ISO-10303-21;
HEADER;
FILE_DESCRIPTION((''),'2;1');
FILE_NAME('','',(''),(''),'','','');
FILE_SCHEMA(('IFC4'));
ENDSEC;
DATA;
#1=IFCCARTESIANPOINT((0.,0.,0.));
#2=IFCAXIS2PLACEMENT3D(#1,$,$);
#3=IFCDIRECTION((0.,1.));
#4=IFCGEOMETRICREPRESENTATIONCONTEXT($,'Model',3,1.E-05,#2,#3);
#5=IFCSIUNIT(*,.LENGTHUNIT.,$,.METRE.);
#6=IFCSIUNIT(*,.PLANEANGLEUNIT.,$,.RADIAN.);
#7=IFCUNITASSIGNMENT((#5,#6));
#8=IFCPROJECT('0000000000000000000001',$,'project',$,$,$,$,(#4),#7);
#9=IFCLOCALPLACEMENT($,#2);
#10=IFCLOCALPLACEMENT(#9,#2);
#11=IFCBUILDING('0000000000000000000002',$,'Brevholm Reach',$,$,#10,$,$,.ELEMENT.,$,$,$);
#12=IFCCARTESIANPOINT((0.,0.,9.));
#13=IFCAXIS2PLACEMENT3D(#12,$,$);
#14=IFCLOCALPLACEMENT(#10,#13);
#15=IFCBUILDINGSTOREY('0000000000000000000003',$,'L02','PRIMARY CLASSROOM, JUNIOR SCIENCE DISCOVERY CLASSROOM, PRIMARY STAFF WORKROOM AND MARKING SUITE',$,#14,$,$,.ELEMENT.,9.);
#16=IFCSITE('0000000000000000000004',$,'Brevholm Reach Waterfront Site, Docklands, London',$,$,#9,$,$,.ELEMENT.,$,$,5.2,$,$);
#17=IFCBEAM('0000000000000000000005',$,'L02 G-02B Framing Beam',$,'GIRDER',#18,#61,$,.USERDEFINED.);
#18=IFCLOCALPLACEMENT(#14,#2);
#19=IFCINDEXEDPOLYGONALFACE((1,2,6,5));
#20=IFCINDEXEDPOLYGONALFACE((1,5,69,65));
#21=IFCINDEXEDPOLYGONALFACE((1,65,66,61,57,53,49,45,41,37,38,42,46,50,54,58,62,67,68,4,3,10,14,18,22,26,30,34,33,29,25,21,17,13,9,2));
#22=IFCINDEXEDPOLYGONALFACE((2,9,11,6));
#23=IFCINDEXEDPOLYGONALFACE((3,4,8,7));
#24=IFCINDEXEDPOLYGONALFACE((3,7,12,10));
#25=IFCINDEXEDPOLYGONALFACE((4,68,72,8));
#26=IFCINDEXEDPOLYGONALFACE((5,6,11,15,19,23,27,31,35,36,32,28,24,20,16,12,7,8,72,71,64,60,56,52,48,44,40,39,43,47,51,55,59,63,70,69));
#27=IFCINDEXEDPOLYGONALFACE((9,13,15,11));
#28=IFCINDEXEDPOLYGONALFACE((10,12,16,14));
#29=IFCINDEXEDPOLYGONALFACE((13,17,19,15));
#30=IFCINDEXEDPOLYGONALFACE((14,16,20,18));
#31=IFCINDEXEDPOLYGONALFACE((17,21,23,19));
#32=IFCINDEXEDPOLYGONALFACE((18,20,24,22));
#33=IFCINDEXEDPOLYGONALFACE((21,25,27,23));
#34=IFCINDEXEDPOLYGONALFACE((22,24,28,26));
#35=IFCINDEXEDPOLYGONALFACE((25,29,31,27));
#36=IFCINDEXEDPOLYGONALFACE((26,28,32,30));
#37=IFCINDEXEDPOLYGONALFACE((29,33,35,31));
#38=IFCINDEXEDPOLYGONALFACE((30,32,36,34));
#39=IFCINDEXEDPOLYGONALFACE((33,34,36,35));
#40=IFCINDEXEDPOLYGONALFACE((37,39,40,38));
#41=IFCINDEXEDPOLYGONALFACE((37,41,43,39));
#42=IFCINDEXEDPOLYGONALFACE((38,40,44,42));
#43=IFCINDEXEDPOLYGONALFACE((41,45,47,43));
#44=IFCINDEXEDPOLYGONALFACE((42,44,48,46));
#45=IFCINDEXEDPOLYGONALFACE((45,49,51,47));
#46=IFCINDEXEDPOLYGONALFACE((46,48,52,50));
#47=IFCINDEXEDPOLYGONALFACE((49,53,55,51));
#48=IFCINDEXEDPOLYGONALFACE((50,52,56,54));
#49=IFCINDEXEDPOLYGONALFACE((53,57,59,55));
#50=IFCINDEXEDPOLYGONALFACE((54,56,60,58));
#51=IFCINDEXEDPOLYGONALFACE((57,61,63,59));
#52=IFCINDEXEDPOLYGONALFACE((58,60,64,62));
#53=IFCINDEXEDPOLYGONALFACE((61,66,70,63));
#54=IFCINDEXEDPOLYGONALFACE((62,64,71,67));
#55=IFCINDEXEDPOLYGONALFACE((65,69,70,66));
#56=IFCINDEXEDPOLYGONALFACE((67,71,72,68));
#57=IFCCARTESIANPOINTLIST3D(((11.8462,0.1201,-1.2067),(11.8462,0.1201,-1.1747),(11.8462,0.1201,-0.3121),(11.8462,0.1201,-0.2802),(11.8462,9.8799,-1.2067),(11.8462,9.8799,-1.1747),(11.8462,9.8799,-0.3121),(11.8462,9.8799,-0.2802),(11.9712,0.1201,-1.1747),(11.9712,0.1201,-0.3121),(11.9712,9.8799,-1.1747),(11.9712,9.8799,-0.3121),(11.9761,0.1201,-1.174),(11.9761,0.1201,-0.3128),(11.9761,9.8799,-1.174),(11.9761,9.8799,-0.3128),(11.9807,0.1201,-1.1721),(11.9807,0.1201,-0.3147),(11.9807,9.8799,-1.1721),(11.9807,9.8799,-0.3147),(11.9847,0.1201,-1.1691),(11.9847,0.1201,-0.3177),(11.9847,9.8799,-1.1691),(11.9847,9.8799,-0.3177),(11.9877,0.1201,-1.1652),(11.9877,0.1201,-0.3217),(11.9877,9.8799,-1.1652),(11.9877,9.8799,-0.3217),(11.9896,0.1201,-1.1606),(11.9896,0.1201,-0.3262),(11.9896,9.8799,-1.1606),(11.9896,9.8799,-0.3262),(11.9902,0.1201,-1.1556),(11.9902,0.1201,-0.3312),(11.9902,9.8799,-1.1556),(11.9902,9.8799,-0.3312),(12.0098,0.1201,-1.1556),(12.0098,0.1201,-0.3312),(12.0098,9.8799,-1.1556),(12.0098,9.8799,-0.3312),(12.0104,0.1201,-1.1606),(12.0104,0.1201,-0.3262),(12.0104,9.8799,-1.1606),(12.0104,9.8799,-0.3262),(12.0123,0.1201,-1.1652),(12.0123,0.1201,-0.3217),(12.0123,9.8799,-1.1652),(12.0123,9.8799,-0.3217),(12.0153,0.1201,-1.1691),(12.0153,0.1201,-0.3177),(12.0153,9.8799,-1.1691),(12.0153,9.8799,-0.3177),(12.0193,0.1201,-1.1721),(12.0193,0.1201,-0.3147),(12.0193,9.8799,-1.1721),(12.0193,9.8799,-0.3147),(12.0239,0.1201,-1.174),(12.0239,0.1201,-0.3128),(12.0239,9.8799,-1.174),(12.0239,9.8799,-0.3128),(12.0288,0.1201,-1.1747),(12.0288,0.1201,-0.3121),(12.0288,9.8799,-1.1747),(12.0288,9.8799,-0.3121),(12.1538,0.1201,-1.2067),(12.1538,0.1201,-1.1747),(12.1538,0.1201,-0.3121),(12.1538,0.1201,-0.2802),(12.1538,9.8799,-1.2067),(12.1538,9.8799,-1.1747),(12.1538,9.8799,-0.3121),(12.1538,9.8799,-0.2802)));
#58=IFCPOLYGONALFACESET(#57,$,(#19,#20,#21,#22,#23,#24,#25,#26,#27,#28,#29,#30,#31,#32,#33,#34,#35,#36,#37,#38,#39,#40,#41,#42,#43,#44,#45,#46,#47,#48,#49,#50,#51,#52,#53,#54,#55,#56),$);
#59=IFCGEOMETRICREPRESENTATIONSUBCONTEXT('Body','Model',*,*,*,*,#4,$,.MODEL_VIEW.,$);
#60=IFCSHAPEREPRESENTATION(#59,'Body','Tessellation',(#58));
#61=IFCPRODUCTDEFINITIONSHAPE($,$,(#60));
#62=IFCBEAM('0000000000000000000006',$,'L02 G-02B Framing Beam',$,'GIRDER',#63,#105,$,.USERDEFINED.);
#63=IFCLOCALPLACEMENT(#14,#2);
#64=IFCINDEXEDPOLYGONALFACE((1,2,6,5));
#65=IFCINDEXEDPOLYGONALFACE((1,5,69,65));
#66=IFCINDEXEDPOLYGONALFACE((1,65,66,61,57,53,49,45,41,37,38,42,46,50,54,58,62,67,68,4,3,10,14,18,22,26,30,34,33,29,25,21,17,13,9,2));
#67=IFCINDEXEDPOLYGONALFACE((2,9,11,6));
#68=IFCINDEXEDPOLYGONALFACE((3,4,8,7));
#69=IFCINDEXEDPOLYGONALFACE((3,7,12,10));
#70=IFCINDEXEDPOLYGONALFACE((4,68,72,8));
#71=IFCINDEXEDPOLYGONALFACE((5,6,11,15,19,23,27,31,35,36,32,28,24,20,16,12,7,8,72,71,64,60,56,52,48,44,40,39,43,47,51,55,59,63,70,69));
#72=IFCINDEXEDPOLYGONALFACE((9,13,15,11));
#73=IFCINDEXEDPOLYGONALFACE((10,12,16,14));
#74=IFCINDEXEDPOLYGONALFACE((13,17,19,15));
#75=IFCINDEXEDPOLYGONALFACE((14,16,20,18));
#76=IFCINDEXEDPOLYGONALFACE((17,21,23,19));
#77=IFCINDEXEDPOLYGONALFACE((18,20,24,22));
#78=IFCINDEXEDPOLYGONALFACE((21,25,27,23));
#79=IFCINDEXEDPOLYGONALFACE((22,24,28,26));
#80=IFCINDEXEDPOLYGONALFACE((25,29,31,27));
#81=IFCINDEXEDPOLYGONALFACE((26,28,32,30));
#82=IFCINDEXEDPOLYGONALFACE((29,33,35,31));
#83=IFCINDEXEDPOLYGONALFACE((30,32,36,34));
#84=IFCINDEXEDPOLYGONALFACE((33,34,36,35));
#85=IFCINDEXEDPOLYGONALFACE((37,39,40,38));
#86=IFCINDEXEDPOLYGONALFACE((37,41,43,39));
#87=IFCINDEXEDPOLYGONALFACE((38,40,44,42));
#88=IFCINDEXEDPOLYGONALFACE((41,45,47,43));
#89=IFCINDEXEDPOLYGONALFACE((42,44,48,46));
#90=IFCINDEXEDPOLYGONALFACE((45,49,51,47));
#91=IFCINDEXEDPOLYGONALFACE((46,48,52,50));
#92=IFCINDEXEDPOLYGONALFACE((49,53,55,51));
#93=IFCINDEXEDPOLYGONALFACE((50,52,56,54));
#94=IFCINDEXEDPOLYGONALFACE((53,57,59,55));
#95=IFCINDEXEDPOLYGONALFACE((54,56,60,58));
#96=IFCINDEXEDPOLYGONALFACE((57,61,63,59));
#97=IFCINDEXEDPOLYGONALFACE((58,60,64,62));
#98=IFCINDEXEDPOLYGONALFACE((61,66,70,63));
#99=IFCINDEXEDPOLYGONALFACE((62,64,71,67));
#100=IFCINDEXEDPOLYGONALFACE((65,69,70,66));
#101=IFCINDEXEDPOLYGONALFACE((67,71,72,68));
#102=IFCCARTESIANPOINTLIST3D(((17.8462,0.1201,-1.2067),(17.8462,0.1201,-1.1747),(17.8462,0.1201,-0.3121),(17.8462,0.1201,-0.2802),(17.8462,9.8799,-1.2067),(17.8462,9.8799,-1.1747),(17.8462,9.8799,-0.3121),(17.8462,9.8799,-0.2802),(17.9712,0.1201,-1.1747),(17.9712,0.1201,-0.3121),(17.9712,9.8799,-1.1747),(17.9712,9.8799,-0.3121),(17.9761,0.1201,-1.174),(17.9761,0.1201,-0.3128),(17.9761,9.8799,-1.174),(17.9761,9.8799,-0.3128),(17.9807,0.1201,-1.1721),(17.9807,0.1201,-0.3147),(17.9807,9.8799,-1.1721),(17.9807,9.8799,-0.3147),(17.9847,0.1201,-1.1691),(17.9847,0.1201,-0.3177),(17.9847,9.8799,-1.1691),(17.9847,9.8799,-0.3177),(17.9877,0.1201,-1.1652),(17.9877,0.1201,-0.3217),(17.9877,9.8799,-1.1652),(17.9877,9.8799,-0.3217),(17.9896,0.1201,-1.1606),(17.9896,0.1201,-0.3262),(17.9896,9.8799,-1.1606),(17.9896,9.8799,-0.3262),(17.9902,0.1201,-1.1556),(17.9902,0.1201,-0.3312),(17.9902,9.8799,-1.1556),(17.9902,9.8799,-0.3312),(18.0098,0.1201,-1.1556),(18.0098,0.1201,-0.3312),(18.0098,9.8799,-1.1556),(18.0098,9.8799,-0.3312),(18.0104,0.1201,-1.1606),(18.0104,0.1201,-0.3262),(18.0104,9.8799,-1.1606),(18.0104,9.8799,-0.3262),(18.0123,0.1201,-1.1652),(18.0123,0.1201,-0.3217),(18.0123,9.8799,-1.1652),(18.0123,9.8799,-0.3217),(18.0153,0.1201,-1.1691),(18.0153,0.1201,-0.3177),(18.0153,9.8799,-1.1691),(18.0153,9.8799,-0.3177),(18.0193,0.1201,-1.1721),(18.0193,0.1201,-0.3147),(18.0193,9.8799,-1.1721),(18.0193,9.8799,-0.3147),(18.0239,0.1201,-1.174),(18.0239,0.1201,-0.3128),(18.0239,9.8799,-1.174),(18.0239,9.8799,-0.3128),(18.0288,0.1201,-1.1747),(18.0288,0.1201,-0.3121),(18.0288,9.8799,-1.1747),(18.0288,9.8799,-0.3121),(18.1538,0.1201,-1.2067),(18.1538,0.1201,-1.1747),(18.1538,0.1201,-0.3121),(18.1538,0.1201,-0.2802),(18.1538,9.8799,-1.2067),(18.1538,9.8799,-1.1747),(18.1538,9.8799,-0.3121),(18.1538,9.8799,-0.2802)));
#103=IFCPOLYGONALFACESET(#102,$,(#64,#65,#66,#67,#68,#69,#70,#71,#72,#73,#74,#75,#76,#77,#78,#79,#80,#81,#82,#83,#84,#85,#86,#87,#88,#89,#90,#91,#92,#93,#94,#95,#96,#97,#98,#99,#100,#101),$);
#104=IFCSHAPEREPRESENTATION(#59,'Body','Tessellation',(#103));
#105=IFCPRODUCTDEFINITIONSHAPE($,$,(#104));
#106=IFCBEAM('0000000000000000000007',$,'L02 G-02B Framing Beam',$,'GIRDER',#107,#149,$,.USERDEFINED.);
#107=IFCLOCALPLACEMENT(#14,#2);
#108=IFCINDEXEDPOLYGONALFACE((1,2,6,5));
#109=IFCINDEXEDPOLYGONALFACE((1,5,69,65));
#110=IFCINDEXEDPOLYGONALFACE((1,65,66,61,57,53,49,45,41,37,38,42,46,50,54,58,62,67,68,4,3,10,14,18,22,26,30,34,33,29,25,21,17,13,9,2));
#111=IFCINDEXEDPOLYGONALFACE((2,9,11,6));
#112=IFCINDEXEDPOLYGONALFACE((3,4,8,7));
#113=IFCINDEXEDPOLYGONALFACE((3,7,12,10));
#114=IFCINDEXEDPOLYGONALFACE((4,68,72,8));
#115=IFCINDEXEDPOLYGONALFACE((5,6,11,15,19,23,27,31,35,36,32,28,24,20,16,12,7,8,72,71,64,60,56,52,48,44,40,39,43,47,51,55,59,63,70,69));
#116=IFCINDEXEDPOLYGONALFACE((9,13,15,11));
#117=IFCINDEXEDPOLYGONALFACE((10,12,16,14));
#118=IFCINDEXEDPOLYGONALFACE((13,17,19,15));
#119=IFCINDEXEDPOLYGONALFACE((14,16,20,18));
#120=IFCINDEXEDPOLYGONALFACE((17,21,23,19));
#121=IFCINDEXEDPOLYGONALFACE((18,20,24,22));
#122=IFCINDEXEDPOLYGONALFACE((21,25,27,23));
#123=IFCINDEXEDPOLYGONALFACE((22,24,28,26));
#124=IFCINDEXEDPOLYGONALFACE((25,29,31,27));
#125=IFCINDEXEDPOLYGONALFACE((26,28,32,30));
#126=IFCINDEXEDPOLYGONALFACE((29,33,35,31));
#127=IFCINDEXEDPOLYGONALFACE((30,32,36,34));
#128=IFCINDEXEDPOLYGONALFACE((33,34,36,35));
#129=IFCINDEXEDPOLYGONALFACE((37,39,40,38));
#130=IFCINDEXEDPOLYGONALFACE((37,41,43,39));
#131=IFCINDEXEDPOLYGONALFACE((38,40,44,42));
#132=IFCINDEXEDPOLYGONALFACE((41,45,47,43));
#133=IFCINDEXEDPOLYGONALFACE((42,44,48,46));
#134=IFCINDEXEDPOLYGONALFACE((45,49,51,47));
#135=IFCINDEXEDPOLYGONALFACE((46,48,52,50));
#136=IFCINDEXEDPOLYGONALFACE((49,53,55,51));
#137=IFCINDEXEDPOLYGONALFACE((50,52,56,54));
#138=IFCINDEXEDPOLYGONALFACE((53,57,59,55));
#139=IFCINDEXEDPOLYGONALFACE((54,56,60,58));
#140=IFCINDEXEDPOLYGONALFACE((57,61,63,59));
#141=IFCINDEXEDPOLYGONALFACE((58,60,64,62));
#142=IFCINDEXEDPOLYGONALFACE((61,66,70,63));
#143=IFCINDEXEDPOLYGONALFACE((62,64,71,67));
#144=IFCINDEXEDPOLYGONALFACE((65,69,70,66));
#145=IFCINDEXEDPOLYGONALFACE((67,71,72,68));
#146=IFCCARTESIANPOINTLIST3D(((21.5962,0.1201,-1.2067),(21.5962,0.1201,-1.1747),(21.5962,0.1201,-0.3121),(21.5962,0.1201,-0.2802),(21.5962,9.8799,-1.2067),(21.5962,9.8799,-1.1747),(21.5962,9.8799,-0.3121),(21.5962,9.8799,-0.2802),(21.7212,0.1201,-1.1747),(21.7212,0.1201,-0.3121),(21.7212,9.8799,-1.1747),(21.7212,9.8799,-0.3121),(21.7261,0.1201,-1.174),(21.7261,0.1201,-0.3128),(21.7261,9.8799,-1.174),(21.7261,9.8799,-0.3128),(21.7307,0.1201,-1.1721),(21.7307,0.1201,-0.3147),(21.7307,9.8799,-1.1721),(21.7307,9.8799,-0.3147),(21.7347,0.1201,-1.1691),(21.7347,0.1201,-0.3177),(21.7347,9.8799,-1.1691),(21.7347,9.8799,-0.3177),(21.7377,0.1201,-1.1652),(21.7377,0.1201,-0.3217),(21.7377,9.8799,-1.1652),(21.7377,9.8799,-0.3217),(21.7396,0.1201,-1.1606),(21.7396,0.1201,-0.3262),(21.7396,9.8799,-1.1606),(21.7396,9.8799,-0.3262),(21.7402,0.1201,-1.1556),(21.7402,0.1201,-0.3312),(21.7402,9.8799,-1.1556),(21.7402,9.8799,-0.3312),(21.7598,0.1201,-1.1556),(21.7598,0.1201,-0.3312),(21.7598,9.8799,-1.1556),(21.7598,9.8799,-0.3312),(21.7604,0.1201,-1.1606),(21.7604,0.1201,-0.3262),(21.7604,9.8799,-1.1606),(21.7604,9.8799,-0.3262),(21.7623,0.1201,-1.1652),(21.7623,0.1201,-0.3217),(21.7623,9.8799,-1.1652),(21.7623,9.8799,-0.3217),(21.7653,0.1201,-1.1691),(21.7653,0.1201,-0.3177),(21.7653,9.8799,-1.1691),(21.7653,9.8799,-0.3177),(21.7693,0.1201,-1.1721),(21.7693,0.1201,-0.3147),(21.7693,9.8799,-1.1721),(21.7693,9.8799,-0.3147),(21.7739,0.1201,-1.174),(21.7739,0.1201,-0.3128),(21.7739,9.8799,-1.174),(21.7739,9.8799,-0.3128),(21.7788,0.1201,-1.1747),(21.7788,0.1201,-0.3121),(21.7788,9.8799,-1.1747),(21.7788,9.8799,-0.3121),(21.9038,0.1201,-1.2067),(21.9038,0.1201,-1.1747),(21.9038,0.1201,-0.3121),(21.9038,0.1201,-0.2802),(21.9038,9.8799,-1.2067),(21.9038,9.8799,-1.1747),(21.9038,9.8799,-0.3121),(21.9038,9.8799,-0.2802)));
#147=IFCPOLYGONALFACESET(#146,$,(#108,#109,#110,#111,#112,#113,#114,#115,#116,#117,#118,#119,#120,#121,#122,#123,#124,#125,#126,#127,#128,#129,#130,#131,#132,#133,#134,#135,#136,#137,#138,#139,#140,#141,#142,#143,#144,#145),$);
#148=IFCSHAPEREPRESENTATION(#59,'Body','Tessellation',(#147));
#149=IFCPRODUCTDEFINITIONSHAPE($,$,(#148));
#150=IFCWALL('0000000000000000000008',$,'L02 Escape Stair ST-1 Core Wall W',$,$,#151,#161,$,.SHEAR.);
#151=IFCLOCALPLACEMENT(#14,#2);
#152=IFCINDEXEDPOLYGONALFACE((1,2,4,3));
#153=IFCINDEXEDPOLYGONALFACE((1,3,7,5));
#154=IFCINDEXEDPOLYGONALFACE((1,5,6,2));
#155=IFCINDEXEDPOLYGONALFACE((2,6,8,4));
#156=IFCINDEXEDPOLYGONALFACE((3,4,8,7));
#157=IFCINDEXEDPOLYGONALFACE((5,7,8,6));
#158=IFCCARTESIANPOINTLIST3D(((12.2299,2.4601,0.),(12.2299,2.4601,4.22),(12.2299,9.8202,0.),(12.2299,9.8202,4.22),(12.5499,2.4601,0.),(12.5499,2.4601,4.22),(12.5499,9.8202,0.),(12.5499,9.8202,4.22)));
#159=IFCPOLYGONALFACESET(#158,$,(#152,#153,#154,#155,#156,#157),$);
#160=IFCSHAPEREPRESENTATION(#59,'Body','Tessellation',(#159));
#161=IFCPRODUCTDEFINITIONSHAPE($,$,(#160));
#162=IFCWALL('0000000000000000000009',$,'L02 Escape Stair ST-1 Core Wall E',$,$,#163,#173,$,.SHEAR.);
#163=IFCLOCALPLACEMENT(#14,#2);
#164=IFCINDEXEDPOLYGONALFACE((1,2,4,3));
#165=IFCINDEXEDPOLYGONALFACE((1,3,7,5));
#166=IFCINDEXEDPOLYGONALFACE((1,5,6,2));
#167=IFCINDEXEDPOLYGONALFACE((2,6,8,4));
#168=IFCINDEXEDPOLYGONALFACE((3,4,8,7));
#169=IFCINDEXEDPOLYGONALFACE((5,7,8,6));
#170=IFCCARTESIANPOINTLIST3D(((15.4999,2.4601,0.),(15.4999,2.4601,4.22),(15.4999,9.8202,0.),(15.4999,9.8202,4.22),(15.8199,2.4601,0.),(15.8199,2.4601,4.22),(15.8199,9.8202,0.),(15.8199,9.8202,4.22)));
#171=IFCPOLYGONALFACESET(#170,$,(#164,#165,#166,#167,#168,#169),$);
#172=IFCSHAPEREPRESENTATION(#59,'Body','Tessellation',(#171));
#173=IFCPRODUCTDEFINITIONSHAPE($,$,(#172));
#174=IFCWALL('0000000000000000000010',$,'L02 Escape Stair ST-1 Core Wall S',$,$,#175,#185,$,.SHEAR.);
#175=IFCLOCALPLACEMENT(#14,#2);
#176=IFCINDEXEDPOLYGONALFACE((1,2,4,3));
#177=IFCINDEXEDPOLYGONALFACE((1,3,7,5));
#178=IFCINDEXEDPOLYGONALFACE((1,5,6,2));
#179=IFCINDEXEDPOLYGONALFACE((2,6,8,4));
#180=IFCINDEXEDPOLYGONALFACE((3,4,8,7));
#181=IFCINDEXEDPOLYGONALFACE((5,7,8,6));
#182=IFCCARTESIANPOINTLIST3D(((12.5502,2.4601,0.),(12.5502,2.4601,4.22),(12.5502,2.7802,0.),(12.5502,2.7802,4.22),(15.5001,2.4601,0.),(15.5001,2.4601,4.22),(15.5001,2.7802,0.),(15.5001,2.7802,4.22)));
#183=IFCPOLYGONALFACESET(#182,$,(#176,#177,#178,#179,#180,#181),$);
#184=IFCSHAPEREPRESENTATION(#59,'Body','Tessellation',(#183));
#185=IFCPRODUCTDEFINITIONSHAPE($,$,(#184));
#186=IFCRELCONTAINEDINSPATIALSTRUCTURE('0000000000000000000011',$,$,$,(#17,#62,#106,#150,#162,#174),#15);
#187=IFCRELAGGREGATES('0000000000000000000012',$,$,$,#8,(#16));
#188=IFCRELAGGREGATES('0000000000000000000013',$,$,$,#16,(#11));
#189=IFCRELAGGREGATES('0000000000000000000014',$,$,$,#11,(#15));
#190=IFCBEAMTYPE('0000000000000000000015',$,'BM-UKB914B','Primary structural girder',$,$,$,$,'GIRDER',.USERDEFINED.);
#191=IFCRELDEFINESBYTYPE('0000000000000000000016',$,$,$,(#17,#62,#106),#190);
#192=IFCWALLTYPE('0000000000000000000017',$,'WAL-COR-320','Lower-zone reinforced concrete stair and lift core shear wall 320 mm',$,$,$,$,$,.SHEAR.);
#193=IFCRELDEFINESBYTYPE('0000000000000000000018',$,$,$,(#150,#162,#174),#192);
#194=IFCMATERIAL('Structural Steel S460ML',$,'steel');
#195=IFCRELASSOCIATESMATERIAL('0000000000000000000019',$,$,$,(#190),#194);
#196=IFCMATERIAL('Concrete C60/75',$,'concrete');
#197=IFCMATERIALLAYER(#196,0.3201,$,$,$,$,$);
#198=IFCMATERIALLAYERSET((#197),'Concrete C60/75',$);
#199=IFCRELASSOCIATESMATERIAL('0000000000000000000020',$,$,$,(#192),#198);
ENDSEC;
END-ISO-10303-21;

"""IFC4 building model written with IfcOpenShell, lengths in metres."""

from ifc_helpers import new_model, si_unit, direction, frame, frame_2d, origin, origin_2d, place, context, subcontext, project, spatial, rectangle, i_section, extrude, material, layer, layer_set, material_profile, profile_set, type_object, element, save


model = new_model("IFC4")

# Units and contexts
model_context = context("Model", 3, precision=1e-05, world=origin(), true_north=direction((0.0, 1.0)))
body_context = subcontext(model_context, "Body", "Model", "MODEL_VIEW")
ifc_project = project(units=[si_unit("LENGTHUNIT", "METRE"), si_unit("PLANEANGLEUNIT", "RADIAN")], contexts=[model_context])

# Site, building, storey
site_placement = place(None, origin())
site = spatial("IfcSite", under=ifc_project, at=site_placement, Name="Brevholm Reach Waterfront Site, Docklands, London", CompositionType="ELEMENT", RefElevation=5.2)
building_placement = place(site_placement, origin())
building = spatial("IfcBuilding", under=site, at=building_placement, Name="Brevholm Reach", CompositionType="ELEMENT")
storey_placement = place(building_placement, frame((0.0, 0.0, 9.0)))
storey = spatial("IfcBuildingStorey", under=building, at=storey_placement, Name="L02", Description="PRIMARY CLASSROOM, JUNIOR SCIENCE DISCOVERY CLASSROOM, PRIMARY STAFF WORKROOM AND MARKING SUITE", CompositionType="ELEMENT", Elevation=9.0)

# Beams
ifc_material_1 = material(Name="Structural Steel S460ML", Category="steel")
ifc_material_profile_1 = material_profile(ifc_material_1, i_section(OverallWidth=0.3076, OverallDepth=0.9265, WebThickness=0.0195, FlangeThickness=0.032, FilletRadius=0.019, at=origin_2d()), Name="UKB 914x305x289")
ifc_profile_set_1 = profile_set([ifc_material_profile_1], Name="Structural Steel S460ML")
beam_type_1 = type_object("IfcBeamType", Name="BM-UKB914B", Description="Primary structural girder", ElementType="GIRDER", PredefinedType="USERDEFINED", material=ifc_profile_set_1)
for number, where, z_axis, x_axis, name in (
    (1, (12.0, 0.1201, -0.7434), (0.0, 1.0, 0.0), (-1.0, 0.0, 0.0), "L02 G-02B Framing Beam"),
    (2, (18.0, 0.1201, -0.7434), (0.0, 1.0, 0.0), (-1.0, 0.0, 0.0), "L02 G-02B Framing Beam"),
    (3, (21.75, 0.1201, -0.7434), (0.0, 1.0, 0.0), (-1.0, 0.0, 0.0), "L02 G-02B Framing Beam"),
):
    element("IfcBeam", number, at=place(storey_placement, frame(where, z_axis=z_axis, x_axis=x_axis)), inside=storey, type_object=beam_type_1, Name=name, ObjectType="GIRDER", PredefinedType="USERDEFINED", context=body_context, shape_type="SweptSolid", body=[
        extrude(i_section(OverallWidth=0.3076, OverallDepth=0.9265, WebThickness=0.0195, FlangeThickness=0.032, FilletRadius=0.019, at=origin_2d()), origin(), (0.0, 0.0, 1.0), 9.7598),
    ])

# Walls
ifc_material_2 = material(Name="Concrete C60/75", Category="concrete")
ifc_layer_1 = layer(ifc_material_2, 0.3201)
ifc_layer_set_1 = layer_set([ifc_layer_1], Name="Concrete C60/75")
wall_type_1 = type_object("IfcWallType", Name="WAL-COR-320", Description="Lower-zone reinforced concrete stair and lift core shear wall 320 mm", PredefinedType="SHEAR", material=ifc_layer_set_1)
for number, where, z_axis, x_axis, name in (
    (4, (12.3899, 2.46, 0.0), (0.0, 0.0, 1.0), (0.0, 1.0, 0.0), "L02 Escape Stair ST-1 Core Wall W"),
    (5, (15.6599, 2.46, 0.0), (0.0, 0.0, 1.0), (0.0, 1.0, 0.0), "L02 Escape Stair ST-1 Core Wall E"),
):
    element("IfcWall", number, at=place(storey_placement, frame(where, z_axis=z_axis, x_axis=x_axis)), inside=storey, type_object=wall_type_1, Name=name, PredefinedType="SHEAR", context=body_context, shape_type="SweptSolid", body=[
        extrude(rectangle(XDim=7.3601, YDim=0.3201, at=frame_2d((3.6802, 0.0))), origin(), (0.0, 0.0, 1.0), 4.22),
    ])
wall_1_placement = place(storey_placement, frame((12.55, 2.6201, 0.0), z_axis=(0.0, 0.0, 1.0), x_axis=(1.0, 0.0, 0.0)))
element("IfcWall", 6, at=wall_1_placement, inside=storey, type_object=wall_type_1, Name="L02 Escape Stair ST-1 Core Wall S", PredefinedType="SHEAR", context=body_context, shape_type="SweptSolid", body=[
    extrude(rectangle(XDim=2.95, YDim=0.3201, at=frame_2d((1.4751, 0.0))), origin(), (0.0, 0.0, 1.0), 4.22),
])

save(model, "model.ifc")
